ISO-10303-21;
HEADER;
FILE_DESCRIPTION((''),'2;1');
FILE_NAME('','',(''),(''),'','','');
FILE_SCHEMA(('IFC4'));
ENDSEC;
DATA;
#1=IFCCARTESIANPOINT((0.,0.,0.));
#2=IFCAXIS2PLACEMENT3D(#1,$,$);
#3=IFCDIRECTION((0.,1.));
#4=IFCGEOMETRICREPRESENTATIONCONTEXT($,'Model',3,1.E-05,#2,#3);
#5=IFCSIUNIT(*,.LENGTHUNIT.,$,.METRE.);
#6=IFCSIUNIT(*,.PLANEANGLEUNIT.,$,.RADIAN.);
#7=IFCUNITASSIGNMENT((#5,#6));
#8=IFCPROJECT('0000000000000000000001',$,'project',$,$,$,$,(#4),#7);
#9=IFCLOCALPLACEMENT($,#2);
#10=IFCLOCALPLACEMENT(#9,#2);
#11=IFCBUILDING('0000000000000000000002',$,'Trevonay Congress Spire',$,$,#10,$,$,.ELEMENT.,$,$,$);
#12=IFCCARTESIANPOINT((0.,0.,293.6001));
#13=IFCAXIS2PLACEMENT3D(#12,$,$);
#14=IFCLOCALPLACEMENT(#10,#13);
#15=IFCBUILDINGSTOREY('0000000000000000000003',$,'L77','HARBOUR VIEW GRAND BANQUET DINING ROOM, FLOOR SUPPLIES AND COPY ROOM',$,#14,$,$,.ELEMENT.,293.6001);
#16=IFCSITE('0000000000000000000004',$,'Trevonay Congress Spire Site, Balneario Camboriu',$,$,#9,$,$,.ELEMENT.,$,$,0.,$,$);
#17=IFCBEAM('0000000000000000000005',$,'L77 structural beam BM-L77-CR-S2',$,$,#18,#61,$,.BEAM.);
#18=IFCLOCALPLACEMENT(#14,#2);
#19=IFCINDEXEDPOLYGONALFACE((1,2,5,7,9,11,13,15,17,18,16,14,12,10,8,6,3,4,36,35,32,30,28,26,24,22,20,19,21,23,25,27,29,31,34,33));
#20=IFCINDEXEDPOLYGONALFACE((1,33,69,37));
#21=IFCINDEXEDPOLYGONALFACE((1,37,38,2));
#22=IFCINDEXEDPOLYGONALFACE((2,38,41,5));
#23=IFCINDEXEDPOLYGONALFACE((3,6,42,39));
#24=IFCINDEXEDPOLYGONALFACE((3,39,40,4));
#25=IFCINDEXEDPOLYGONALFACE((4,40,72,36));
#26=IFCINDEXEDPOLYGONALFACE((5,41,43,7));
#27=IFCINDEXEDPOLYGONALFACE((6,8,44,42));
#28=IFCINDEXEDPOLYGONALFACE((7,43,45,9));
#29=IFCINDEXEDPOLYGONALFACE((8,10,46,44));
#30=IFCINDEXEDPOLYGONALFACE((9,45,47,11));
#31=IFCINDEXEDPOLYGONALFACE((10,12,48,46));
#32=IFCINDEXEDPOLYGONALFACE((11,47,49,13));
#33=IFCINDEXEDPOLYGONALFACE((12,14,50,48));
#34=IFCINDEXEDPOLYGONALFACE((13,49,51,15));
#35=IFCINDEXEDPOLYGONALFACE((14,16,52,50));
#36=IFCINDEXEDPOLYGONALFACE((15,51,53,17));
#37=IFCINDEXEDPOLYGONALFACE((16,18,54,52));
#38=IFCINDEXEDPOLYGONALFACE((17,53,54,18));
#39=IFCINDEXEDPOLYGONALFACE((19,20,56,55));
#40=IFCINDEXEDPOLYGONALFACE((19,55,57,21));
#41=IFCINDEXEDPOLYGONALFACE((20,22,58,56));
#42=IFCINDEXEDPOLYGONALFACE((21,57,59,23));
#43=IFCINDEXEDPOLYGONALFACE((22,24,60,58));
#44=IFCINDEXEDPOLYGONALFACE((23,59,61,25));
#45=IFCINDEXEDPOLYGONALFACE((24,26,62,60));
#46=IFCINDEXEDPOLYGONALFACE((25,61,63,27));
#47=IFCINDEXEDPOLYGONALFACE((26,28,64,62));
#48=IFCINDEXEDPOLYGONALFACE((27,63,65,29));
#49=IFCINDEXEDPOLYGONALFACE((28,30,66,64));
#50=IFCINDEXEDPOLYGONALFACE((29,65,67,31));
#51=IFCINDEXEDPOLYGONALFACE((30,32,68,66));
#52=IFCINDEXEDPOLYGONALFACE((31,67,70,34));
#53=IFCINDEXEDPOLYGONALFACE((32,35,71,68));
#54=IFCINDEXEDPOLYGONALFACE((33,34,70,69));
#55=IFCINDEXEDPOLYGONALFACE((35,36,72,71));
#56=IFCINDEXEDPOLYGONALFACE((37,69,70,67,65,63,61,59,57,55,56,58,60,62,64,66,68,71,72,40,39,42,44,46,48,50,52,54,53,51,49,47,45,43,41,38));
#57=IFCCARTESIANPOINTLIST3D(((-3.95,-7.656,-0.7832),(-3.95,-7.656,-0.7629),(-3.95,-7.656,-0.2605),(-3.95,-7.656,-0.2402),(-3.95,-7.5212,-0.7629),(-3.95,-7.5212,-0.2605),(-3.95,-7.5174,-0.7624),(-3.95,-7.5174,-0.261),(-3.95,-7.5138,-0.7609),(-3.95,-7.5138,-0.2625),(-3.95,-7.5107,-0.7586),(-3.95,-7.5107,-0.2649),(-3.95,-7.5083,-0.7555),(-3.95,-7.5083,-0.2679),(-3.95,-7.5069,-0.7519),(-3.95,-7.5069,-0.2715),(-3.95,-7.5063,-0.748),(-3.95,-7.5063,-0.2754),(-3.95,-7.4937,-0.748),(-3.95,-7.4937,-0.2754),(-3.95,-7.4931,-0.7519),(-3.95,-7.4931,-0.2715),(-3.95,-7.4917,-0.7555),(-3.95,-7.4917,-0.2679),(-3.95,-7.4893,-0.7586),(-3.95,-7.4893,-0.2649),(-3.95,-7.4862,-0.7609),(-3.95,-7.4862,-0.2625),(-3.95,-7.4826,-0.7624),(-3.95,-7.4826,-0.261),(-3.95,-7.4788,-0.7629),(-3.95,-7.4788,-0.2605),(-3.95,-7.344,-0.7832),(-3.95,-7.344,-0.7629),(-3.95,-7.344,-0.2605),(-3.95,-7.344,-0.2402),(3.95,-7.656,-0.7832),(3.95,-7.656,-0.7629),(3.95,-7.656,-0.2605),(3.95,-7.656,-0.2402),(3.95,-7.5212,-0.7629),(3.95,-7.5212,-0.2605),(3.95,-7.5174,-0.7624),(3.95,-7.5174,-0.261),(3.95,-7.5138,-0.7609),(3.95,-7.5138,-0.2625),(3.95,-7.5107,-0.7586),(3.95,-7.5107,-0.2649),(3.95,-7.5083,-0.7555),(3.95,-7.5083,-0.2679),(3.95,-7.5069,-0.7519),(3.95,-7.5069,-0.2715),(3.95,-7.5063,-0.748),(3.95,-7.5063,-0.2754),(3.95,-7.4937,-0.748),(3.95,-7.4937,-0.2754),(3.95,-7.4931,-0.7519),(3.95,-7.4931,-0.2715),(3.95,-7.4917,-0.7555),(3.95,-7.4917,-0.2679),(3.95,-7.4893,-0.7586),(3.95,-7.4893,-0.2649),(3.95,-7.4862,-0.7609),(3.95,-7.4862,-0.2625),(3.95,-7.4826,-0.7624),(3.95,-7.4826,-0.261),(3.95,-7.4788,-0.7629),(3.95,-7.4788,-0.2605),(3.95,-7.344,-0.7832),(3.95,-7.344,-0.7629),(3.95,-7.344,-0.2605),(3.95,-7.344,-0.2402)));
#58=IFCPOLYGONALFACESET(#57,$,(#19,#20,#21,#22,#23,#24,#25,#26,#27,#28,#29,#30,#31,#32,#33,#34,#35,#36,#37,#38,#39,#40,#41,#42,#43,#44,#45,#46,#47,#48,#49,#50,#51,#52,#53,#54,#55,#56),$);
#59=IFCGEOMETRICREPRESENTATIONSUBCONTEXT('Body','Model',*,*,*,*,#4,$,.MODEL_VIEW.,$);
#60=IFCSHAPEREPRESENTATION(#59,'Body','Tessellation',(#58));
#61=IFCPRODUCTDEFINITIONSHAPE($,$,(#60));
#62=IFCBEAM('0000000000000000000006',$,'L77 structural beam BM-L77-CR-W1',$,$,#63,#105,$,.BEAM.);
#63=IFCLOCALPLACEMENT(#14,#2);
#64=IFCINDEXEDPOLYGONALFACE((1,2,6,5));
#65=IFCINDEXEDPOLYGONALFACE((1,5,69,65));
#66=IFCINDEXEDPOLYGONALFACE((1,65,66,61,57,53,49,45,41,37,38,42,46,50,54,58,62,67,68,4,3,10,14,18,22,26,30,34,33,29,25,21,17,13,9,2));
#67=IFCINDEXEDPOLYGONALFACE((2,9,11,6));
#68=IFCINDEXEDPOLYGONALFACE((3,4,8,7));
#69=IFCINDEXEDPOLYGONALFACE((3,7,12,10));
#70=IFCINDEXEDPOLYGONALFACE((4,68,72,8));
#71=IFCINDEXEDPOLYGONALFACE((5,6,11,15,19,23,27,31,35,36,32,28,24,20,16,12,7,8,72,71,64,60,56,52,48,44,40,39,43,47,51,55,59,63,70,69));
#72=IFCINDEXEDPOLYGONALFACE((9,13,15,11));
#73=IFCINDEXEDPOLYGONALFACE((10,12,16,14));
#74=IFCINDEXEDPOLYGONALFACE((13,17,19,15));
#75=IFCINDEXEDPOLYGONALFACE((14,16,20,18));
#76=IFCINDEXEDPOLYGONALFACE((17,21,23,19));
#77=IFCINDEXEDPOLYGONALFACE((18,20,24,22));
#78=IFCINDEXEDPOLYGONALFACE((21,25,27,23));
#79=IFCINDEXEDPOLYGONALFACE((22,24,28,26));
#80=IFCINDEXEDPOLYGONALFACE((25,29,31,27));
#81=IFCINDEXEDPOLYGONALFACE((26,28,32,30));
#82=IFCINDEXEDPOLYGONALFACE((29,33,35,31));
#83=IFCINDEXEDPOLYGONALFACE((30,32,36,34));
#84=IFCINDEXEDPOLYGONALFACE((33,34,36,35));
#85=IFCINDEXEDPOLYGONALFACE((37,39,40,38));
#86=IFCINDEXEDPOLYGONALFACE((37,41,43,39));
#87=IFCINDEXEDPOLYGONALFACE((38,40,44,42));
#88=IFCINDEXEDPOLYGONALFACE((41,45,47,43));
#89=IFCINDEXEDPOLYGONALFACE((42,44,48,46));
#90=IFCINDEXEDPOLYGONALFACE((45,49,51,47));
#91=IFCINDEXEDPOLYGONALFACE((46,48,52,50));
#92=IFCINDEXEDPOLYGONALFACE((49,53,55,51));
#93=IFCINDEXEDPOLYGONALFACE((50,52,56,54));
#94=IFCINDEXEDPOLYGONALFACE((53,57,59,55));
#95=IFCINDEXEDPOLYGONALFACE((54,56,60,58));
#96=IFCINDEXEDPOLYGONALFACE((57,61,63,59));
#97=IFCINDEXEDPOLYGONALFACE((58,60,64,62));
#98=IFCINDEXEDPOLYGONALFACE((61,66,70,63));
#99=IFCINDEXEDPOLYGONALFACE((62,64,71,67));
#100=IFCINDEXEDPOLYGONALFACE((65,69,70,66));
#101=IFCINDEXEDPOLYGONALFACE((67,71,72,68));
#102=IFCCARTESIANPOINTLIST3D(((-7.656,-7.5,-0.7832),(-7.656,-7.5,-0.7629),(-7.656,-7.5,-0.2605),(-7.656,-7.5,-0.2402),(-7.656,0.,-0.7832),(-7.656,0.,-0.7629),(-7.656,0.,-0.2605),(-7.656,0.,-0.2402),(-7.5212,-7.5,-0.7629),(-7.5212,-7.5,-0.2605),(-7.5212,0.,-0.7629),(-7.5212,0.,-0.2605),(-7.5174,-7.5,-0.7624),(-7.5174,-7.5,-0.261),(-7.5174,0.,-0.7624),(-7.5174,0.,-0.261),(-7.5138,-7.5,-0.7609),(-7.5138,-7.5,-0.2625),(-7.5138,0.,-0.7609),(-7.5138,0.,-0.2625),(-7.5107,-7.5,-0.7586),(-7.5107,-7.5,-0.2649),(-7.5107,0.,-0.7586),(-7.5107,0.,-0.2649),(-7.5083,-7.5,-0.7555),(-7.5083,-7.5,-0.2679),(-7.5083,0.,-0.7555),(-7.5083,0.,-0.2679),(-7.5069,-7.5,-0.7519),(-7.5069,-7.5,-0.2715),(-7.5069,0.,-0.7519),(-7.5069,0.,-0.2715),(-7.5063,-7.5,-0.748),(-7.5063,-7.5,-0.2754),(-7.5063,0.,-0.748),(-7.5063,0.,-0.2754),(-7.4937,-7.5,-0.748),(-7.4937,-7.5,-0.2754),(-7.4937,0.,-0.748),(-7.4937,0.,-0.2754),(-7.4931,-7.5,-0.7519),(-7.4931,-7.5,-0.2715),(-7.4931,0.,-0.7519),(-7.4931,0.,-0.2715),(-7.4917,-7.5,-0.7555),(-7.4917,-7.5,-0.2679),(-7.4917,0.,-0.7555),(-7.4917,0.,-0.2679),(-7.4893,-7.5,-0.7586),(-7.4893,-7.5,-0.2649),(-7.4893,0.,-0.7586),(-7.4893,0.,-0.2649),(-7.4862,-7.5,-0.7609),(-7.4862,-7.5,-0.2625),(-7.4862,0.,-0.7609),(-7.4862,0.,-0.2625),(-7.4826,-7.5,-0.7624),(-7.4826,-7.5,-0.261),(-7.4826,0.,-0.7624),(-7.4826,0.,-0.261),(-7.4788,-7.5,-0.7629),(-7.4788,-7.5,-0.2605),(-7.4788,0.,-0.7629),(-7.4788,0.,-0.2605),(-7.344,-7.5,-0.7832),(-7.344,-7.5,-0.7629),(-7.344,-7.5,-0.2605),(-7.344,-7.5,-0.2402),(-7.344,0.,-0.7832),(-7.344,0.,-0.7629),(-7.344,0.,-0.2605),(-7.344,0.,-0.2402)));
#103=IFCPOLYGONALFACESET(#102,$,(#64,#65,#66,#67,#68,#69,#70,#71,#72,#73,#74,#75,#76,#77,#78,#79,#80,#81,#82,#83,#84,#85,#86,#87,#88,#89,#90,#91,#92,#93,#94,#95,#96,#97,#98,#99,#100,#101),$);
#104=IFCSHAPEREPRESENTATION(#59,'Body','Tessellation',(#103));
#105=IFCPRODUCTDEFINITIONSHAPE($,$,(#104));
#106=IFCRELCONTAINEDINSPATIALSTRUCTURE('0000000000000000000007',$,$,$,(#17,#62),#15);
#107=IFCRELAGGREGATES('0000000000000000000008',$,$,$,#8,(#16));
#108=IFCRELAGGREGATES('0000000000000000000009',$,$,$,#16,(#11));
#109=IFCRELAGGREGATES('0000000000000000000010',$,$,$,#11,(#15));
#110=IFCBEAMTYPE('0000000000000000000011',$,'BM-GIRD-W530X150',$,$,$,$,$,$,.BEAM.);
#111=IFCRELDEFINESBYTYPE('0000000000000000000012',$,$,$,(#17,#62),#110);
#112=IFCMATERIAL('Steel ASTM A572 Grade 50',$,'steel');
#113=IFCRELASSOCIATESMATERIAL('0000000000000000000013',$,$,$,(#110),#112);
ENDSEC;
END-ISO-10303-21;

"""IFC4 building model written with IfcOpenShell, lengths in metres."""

from ifc_helpers import new_model, si_unit, direction, frame, origin, origin_2d, place, context, subcontext, project, spatial, i_section, extrude, material, material_profile, profile_set, type_object, element, save


model = new_model("IFC4")

# Units and contexts
model_context = context("Model", 3, precision=1e-05, world=origin(), true_north=direction((0.0, 1.0)))
body_context = subcontext(model_context, "Body", "Model", "MODEL_VIEW")
ifc_project = project(units=[si_unit("LENGTHUNIT", "METRE"), si_unit("PLANEANGLEUNIT", "RADIAN")], contexts=[model_context])

# Site, building, storey
site_placement = place(None, origin())
site = spatial("IfcSite", under=ifc_project, at=site_placement, Name="Trevonay Congress Spire Site, Balneario Camboriu", CompositionType="ELEMENT", RefElevation=0.0)
building_placement = place(site_placement, origin())
building = spatial("IfcBuilding", under=site, at=building_placement, Name="Trevonay Congress Spire", CompositionType="ELEMENT")
storey_placement = place(building_placement, frame((0.0, 0.0, 293.6001)))
storey = spatial("IfcBuildingStorey", under=building, at=storey_placement, Name="L77", Description="HARBOUR VIEW GRAND BANQUET DINING ROOM, FLOOR SUPPLIES AND COPY ROOM", CompositionType="ELEMENT", Elevation=293.6001)

# Shared definitions
ifc_material_1 = material(Name="Steel ASTM A572 Grade 50", Category="steel")

# Beams
ifc_material_profile_1 = material_profile(ifc_material_1, i_section(OverallWidth=0.312, OverallDepth=0.543, WebThickness=0.0127, FlangeThickness=0.0203, FilletRadius=0.0149, at=origin_2d()), Name="W530x150")
ifc_profile_set_1 = profile_set([ifc_material_profile_1], Name="Steel ASTM A572 Grade 50")
beam_type_1 = type_object("IfcBeamType", Name="BM-GIRD-W530X150", PredefinedType="BEAM", material=ifc_profile_set_1)
beam_1_placement = place(storey_placement, frame((-3.95, -7.5, -0.5117), z_axis=(1.0, 0.0, 0.0), x_axis=(0.0, 1.0, 0.0)))
element("IfcBeam", 1, at=beam_1_placement, inside=storey, type_object=beam_type_1, Name="L77 structural beam BM-L77-CR-S2", PredefinedType="BEAM", context=body_context, shape_type="SweptSolid", body=[
    extrude(i_section(OverallWidth=0.312, OverallDepth=0.543, WebThickness=0.0127, FlangeThickness=0.0203, FilletRadius=0.0149, at=origin_2d()), origin(), (0.0, 0.0, 1.0), 7.8999),
])
beam_2_placement = place(storey_placement, frame((-7.5, -7.5, -0.5117), z_axis=(0.0, 1.0, 0.0), x_axis=(-1.0, 0.0, 0.0)))
element("IfcBeam", 2, at=beam_2_placement, inside=storey, type_object=beam_type_1, Name="L77 structural beam BM-L77-CR-W1", PredefinedType="BEAM", context=body_context, shape_type="SweptSolid", body=[
    extrude(i_section(OverallWidth=0.312, OverallDepth=0.543, WebThickness=0.0127, FlangeThickness=0.0203, FilletRadius=0.0149, at=origin_2d()), origin(), (0.0, 0.0, 1.0), 7.5),
])

save(model, "model.ifc")
